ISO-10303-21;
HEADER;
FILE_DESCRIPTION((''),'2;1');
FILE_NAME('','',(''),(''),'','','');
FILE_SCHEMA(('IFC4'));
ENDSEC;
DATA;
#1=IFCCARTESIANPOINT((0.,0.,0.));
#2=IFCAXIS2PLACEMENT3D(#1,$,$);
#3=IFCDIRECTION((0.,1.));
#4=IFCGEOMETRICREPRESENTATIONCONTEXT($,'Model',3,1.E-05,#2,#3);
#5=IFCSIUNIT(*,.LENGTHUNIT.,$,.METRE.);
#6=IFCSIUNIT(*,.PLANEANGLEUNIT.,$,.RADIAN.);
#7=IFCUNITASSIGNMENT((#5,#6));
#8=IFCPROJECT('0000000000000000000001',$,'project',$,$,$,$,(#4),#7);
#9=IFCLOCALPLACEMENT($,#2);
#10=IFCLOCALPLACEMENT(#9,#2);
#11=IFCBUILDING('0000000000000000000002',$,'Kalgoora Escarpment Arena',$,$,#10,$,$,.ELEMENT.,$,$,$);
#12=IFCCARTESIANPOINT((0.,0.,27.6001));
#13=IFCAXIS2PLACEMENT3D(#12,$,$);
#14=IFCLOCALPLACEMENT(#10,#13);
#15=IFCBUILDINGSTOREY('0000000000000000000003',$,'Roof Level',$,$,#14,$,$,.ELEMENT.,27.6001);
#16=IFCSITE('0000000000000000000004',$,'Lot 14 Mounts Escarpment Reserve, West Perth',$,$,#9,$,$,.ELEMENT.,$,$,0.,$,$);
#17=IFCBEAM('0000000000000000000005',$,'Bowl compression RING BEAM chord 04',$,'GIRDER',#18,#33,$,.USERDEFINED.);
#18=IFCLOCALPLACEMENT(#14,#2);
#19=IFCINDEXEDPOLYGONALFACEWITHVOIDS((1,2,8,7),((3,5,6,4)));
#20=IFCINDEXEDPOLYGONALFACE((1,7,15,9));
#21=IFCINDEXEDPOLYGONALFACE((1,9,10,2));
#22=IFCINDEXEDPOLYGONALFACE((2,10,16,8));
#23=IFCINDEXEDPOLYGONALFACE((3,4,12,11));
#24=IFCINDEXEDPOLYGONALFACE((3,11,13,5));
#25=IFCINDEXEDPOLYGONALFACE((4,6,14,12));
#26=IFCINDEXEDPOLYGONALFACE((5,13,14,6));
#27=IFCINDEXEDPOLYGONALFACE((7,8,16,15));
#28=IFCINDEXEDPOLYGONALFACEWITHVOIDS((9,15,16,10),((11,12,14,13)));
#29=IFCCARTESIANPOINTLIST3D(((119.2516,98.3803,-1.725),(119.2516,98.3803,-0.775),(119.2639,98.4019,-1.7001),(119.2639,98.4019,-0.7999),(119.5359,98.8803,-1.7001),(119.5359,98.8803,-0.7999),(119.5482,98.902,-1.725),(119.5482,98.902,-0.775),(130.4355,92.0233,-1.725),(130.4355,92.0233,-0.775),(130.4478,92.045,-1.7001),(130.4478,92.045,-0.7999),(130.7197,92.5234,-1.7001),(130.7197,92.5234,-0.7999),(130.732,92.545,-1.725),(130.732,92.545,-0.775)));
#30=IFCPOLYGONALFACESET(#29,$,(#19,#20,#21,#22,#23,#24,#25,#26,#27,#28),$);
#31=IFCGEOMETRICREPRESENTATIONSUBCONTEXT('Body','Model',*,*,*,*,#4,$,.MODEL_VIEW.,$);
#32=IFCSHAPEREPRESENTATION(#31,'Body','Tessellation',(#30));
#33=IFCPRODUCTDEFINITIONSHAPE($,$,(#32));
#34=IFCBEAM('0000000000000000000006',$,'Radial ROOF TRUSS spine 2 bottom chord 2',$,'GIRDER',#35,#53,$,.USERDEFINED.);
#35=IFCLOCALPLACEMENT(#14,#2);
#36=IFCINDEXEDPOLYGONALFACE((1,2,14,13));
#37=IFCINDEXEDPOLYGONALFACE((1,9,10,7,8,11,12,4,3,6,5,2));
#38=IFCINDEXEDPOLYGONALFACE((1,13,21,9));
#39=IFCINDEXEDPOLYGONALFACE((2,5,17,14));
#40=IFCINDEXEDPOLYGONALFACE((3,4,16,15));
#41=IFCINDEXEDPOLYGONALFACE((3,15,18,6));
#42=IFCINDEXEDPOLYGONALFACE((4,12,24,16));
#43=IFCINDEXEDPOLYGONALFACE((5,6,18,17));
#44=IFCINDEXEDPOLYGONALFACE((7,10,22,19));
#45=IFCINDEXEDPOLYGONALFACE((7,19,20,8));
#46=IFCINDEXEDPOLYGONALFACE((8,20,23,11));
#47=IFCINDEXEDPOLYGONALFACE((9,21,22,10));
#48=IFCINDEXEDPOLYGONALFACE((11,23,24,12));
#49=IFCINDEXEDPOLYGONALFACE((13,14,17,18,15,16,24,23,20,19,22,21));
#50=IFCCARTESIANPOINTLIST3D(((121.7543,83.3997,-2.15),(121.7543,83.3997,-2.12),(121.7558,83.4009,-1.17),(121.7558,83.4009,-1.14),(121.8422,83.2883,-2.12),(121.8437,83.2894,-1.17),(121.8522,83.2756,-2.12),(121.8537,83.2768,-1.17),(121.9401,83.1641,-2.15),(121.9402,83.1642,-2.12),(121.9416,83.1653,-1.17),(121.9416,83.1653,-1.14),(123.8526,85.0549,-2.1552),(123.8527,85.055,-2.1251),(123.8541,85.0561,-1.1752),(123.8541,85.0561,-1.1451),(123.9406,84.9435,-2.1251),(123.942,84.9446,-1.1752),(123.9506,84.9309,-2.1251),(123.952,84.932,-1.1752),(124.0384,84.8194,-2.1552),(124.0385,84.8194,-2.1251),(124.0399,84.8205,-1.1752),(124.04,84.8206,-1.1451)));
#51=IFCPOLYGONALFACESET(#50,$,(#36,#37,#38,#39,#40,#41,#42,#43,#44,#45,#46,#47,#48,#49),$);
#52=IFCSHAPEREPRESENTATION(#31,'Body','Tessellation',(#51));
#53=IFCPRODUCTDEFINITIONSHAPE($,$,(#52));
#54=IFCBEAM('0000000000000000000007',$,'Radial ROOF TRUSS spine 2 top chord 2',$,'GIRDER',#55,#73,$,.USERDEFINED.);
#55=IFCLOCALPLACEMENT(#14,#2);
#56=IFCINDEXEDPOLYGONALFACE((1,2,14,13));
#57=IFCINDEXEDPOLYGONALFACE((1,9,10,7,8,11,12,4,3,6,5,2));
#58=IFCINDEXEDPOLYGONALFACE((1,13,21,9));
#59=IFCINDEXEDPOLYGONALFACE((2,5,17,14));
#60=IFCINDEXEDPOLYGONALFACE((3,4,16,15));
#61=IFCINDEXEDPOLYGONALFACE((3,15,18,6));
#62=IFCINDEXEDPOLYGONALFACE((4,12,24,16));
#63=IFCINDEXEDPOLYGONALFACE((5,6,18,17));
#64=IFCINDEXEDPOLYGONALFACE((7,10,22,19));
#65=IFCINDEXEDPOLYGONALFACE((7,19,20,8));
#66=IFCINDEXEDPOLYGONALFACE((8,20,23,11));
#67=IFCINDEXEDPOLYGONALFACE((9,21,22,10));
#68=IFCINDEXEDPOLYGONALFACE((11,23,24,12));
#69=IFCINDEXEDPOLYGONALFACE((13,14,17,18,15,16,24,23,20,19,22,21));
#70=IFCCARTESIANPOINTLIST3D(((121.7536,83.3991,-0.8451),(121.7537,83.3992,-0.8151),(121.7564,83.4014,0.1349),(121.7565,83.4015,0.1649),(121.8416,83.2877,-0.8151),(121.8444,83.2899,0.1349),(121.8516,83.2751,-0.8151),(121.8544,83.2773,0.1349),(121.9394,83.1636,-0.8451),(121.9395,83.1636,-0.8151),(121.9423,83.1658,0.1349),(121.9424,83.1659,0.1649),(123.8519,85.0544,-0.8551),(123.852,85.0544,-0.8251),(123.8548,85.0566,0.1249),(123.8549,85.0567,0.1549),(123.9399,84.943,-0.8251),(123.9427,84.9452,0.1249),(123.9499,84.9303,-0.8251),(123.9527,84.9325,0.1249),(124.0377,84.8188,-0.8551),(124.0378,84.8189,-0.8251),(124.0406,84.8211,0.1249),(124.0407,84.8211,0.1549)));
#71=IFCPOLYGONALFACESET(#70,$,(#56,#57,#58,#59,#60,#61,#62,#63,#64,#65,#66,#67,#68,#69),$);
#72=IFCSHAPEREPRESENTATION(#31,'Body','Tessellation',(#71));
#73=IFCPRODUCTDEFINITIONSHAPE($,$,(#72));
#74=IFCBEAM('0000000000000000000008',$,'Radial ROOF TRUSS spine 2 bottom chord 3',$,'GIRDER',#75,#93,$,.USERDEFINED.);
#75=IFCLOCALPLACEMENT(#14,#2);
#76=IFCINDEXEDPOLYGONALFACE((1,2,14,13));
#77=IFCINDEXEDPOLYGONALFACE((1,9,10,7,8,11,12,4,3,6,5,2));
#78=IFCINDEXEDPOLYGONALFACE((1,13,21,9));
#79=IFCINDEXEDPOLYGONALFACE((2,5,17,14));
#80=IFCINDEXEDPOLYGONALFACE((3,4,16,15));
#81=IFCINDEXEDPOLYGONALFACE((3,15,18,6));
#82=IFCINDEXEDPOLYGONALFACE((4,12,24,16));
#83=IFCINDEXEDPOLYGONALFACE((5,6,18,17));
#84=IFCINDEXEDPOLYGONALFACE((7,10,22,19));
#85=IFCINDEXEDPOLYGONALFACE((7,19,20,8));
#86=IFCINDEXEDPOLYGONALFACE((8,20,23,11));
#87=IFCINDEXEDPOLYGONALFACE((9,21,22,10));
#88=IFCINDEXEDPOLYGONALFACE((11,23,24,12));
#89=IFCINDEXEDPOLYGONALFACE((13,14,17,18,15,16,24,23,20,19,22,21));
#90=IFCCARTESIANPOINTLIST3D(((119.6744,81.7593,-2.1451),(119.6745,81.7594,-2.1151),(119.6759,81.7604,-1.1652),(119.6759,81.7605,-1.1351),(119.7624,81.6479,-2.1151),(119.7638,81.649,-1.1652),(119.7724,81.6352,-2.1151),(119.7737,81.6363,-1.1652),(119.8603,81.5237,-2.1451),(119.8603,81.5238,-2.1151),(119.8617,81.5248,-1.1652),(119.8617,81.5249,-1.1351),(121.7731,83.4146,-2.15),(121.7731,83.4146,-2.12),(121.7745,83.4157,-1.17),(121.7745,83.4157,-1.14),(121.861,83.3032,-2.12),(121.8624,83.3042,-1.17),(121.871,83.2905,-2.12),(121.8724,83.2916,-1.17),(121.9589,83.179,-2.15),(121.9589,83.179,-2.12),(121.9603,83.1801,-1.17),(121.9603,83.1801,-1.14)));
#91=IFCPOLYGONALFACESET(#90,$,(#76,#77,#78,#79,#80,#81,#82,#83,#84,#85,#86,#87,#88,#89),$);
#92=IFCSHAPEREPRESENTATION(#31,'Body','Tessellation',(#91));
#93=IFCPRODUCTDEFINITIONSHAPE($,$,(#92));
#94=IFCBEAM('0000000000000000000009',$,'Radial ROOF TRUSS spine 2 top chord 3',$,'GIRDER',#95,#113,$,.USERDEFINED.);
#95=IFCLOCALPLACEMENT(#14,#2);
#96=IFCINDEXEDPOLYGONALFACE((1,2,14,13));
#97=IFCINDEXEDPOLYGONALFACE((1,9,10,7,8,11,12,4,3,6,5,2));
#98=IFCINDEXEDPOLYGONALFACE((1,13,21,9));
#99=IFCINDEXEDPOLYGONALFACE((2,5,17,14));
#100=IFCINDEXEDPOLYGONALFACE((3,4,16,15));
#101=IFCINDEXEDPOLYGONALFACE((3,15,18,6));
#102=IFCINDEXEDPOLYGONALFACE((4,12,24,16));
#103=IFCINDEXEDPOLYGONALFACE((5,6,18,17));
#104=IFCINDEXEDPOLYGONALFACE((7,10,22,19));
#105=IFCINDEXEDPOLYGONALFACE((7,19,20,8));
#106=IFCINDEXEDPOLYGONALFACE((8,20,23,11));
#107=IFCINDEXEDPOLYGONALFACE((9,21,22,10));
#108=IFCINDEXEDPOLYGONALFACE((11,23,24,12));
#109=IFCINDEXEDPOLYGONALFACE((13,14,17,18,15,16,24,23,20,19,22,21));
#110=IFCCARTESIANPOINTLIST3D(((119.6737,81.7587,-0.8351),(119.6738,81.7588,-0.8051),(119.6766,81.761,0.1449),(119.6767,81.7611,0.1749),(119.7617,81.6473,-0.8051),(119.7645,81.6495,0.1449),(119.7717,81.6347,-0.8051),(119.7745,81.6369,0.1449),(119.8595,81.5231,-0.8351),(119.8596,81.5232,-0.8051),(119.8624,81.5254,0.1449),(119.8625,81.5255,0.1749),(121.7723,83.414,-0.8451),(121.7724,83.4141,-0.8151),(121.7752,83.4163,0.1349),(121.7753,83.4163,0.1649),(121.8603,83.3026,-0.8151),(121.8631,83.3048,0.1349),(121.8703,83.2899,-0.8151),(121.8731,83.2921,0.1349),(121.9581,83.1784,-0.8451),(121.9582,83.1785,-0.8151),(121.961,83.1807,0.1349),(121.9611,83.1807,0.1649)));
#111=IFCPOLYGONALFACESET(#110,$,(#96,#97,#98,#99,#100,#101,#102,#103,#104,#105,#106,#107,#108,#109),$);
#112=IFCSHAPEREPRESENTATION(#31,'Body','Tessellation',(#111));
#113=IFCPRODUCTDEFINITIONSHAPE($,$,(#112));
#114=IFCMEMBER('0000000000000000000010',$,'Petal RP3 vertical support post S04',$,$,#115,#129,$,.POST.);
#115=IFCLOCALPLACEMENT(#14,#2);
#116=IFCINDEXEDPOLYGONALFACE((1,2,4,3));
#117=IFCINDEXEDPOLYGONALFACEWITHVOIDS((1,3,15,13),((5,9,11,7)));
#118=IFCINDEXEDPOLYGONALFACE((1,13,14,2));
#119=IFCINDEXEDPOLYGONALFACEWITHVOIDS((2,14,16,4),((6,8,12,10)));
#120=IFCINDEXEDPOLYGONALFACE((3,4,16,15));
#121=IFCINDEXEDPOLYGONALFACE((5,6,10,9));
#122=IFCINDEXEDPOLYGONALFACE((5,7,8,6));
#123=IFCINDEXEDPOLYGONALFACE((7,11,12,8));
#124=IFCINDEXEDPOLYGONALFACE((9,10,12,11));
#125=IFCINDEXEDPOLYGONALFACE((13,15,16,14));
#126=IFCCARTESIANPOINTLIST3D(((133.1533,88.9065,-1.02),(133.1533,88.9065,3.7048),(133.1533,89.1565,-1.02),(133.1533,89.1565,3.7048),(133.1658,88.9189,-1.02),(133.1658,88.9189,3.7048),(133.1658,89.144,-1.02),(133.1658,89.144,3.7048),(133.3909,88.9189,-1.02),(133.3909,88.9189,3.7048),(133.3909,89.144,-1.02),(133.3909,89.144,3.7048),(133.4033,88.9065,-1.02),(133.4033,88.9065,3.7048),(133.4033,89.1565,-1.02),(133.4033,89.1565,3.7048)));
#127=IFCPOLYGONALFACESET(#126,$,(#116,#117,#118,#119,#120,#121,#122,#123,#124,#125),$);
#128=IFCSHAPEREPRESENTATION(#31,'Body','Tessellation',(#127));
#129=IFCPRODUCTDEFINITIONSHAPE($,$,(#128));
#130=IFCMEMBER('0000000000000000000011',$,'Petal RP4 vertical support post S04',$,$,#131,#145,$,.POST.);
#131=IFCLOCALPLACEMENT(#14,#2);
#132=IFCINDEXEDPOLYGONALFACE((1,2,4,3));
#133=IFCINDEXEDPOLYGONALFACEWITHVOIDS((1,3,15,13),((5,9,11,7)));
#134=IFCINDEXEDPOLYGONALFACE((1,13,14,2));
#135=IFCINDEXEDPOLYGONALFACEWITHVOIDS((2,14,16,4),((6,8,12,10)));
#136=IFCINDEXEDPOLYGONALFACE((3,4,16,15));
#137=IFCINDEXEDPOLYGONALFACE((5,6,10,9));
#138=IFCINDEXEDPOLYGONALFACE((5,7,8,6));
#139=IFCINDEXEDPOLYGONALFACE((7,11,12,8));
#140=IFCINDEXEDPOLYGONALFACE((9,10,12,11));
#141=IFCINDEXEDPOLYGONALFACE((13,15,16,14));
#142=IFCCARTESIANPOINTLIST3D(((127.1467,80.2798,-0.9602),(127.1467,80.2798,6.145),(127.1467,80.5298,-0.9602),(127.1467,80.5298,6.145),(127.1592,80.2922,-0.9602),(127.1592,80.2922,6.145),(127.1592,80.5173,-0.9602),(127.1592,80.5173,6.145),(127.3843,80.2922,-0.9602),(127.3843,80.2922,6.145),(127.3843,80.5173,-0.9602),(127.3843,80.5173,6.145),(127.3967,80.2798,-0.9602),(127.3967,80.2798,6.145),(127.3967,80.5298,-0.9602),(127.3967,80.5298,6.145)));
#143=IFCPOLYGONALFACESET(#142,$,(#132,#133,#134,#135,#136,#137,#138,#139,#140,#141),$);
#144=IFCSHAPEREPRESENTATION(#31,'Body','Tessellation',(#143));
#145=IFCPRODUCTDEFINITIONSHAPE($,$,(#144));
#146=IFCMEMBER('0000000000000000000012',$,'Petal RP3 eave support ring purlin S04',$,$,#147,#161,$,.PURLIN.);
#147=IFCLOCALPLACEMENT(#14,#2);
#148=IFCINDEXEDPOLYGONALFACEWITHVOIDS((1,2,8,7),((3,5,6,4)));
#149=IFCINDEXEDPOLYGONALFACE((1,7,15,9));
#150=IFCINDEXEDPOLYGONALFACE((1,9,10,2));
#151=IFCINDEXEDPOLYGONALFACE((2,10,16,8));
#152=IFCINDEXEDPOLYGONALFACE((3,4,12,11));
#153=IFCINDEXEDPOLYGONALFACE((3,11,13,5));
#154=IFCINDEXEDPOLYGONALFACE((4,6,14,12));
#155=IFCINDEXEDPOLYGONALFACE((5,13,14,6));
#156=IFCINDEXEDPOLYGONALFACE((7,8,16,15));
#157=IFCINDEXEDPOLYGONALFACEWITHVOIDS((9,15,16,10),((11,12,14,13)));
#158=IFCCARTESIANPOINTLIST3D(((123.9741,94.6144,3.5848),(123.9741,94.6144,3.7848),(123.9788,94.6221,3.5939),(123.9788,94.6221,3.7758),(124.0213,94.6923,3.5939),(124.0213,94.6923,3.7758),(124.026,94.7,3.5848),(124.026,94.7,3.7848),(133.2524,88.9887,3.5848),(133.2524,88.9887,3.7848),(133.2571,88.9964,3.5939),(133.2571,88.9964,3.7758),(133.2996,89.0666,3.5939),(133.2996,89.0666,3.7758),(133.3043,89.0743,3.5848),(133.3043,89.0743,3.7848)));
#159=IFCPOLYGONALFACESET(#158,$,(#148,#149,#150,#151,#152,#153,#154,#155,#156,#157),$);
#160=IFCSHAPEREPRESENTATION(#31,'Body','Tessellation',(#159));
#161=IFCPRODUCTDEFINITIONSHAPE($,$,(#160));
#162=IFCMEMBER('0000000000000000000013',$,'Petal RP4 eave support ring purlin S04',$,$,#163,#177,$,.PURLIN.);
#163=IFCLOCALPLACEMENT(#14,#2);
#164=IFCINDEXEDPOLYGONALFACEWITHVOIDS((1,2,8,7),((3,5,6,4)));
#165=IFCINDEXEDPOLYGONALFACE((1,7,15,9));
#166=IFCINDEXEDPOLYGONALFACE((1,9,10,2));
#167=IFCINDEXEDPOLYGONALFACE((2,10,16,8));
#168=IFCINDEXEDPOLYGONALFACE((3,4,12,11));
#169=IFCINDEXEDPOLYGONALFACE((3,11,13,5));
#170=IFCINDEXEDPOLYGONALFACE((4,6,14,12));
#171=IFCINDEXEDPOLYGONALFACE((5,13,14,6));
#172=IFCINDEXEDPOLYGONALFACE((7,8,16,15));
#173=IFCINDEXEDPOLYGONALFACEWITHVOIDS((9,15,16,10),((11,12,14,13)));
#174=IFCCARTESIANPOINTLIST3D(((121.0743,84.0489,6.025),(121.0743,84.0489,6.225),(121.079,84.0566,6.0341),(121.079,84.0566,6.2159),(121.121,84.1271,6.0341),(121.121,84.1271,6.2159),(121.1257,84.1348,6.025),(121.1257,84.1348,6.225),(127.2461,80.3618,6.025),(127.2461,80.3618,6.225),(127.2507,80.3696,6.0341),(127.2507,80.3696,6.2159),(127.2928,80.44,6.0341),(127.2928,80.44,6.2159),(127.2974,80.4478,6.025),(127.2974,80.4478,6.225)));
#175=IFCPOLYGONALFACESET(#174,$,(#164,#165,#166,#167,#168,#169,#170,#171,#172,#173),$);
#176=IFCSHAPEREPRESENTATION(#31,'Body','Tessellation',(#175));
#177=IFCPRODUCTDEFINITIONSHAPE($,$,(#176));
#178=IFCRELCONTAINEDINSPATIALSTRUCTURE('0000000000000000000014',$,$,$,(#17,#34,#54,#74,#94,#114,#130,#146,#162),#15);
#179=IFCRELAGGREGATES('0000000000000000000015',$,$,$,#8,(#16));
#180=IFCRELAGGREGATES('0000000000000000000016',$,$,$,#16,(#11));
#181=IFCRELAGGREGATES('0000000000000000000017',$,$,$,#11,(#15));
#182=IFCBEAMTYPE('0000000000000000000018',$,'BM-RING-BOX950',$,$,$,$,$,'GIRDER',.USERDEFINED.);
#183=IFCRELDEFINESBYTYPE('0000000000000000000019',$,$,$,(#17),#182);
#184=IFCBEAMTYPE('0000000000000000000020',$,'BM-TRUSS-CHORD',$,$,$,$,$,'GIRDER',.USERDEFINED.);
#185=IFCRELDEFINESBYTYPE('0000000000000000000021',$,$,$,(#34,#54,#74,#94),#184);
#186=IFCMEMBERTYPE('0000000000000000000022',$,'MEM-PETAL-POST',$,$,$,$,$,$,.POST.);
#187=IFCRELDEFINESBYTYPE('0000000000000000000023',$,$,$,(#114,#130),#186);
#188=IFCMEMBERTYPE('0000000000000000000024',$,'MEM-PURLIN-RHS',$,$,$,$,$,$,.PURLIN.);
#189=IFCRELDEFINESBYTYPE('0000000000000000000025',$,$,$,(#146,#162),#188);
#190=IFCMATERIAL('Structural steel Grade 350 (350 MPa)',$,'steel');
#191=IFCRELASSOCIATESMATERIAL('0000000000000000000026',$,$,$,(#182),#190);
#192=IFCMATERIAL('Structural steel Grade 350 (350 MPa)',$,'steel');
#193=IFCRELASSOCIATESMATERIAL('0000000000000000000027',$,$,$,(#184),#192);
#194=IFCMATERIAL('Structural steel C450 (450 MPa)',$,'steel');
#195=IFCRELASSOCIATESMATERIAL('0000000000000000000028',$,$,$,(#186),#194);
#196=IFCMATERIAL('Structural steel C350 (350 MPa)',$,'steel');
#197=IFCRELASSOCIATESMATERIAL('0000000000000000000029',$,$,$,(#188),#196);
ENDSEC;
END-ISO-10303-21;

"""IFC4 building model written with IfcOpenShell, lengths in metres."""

from ifc_helpers import new_model, si_unit, direction, frame, origin, origin_2d, place, context, subcontext, project, spatial, hollow_rectangle, i_section, extrude, material, material_profile, profile_set, type_object, element, save


model = new_model("IFC4")

# Units and contexts
model_context = context("Model", 3, precision=1e-05, world=origin(), true_north=direction((0.0, 1.0)))
body_context = subcontext(model_context, "Body", "Model", "MODEL_VIEW")
ifc_project = project(units=[si_unit("LENGTHUNIT", "METRE"), si_unit("PLANEANGLEUNIT", "RADIAN")], contexts=[model_context])

# Site, building, storey
site_placement = place(None, origin())
site = spatial("IfcSite", under=ifc_project, at=site_placement, Name="Lot 14 Mounts Escarpment Reserve, West Perth", CompositionType="ELEMENT", RefElevation=0.0)
building_placement = place(site_placement, origin())
building = spatial("IfcBuilding", under=site, at=building_placement, Name="Kalgoora Escarpment Arena", CompositionType="ELEMENT")
storey_placement = place(building_placement, frame((0.0, 0.0, 27.6001)))
storey = spatial("IfcBuildingStorey", under=building, at=storey_placement, Name="Roof Level", CompositionType="ELEMENT", Elevation=27.6001)

# Beams
ifc_material_1 = material(Name="Structural steel Grade 350 (350 MPa)", Category="steel")
ifc_material_profile_1 = material_profile(ifc_material_1, hollow_rectangle(XDim=0.6001, YDim=0.95, WallThickness=0.0249, at=origin_2d()))
ifc_profile_set_1 = profile_set([ifc_material_profile_1], Name="Structural steel Grade 350 (350 MPa)")
beam_type_1 = type_object("IfcBeamType", Name="BM-RING-BOX950", ElementType="GIRDER", PredefinedType="USERDEFINED", material=ifc_profile_set_1)
beam_placement = place(storey_placement, frame((130.5837, 92.2842, -1.25), z_axis=(-0.869374, 0.494155, 0.0), x_axis=(-0.494155, -0.869374, 0.0)))
element("IfcBeam", 1, at=beam_placement, inside=storey, type_object=beam_type_1, Name="Bowl compression RING BEAM chord 04", ObjectType="GIRDER", PredefinedType="USERDEFINED", context=body_context, shape_type="SweptSolid", body=[
    extrude(hollow_rectangle(XDim=0.6001, YDim=0.95, WallThickness=0.0249, at=origin_2d()), origin(), (0.0, 0.0, 1.0), 12.8643),
])
ifc_material_2 = material(Name="Structural steel Grade 350 (350 MPa)", Category="steel")
ifc_material_profile_2 = material_profile(ifc_material_2, i_section(OverallWidth=0.3, OverallDepth=1.01, WebThickness=0.0161, FlangeThickness=0.03, at=origin_2d()))
ifc_profile_set_2 = profile_set([ifc_material_profile_2], Name="Structural steel Grade 350 (350 MPa)")
beam_type_2 = type_object("IfcBeamType", Name="BM-TRUSS-CHORD", ElementType="GIRDER", PredefinedType="USERDEFINED", material=ifc_profile_set_2)
for number, where, z_axis, x_axis, name in (
    (2, (123.9463, 84.9377, -1.6501), (-0.785127, -0.619332, 0.001918), (0.619333, -0.785128, 0.0), "Radial ROOF TRUSS spine 2 bottom chord 2"),
    (3, (123.9463, 84.9377, -0.3501), (-0.785123, -0.619329, 0.003745), (0.619333, -0.785128, 0.0), "Radial ROOF TRUSS spine 2 top chord 2"),
):
    element("IfcBeam", number, at=place(storey_placement, frame(where, z_axis=z_axis, x_axis=x_axis)), inside=storey, type_object=beam_type_2, Name=name, ObjectType="GIRDER", PredefinedType="USERDEFINED", context=body_context, shape_type="SweptSolid", body=[
        extrude(i_section(OverallWidth=0.3, OverallDepth=1.01, WebThickness=0.0161, FlangeThickness=0.03, at=origin_2d()), origin(), (0.0, 0.0, 1.0), 2.6726),
    ])
for number, where, z_axis, x_axis, name in (
    (4, (121.8667, 83.2974, -1.645), (-0.785162, -0.619288, 0.001827), (0.619289, -0.785163, 0.0), "Radial ROOF TRUSS spine 2 bottom chord 3"),
    (5, (121.8667, 83.2974, -0.3401), (-0.785158, -0.619284, 0.003745), (0.619289, -0.785163, 0.0), "Radial ROOF TRUSS spine 2 top chord 3"),
):
    element("IfcBeam", number, at=place(storey_placement, frame(where, z_axis=z_axis, x_axis=x_axis)), inside=storey, type_object=beam_type_2, Name=name, ObjectType="GIRDER", PredefinedType="USERDEFINED", context=body_context, shape_type="SweptSolid", body=[
        extrude(i_section(OverallWidth=0.3, OverallDepth=1.01, WebThickness=0.0161, FlangeThickness=0.03, at=origin_2d()), origin(), (0.0, 0.0, 1.0), 2.6729),
    ])

# Members
ifc_material_3 = material(Name="Structural steel C450 (450 MPa)", Category="steel")
ifc_material_profile_3 = material_profile(ifc_material_3, hollow_rectangle(XDim=0.25, YDim=0.25, WallThickness=0.0125, at=origin_2d()))
ifc_profile_set_3 = profile_set([ifc_material_profile_3], Name="Structural steel C450 (450 MPa)")
member_type_1 = type_object("IfcMemberType", Name="MEM-PETAL-POST", PredefinedType="POST", material=ifc_profile_set_3)
member_1_placement = place(storey_placement, frame((133.2783, 89.0315, -1.02), z_axis=(0.0, 0.0, 1.0), x_axis=(1.0, 0.0, 0.0)))
element("IfcMember", 6, at=member_1_placement, inside=storey, type_object=member_type_1, Name="Petal RP3 vertical support post S04", PredefinedType="POST", context=body_context, shape_type="SweptSolid", body=[
    extrude(hollow_rectangle(XDim=0.25, YDim=0.25, WallThickness=0.0125, at=origin_2d()), origin(), (0.0, 0.0, 1.0), 4.7249),
])
member_2_placement = place(storey_placement, frame((127.2717, 80.4048, -0.9602), z_axis=(0.0, 0.0, 1.0), x_axis=(1.0, 0.0, 0.0)))
element("IfcMember", 7, at=member_2_placement, inside=storey, type_object=member_type_1, Name="Petal RP4 vertical support post S04", PredefinedType="POST", context=body_context, shape_type="SweptSolid", body=[
    extrude(hollow_rectangle(XDim=0.25, YDim=0.25, WallThickness=0.0125, at=origin_2d()), origin(), (0.0, 0.0, 1.0), 7.1052),
])
ifc_material_4 = material(Name="Structural steel C350 (350 MPa)", Category="steel")
ifc_material_profile_4 = material_profile(ifc_material_4, hollow_rectangle(XDim=0.1001, YDim=0.2, WallThickness=0.009, at=origin_2d()))
ifc_profile_set_4 = profile_set([ifc_material_profile_4], Name="Structural steel C350 (350 MPa)")
member_type_2 = type_object("IfcMemberType", Name="MEM-PURLIN-RHS", PredefinedType="PURLIN", material=ifc_profile_set_4)
member_3_placement = place(storey_placement, frame((133.2783, 89.0315, 3.6848), z_axis=(-0.855095, 0.518471, 0.0), x_axis=(-0.518471, -0.855095, 0.0)))
element("IfcMember", 8, at=member_3_placement, inside=storey, type_object=member_type_2, Name="Petal RP3 eave support ring purlin S04", PredefinedType="PURLIN", context=body_context, shape_type="SweptSolid", body=[
    extrude(hollow_rectangle(XDim=0.1001, YDim=0.2, WallThickness=0.009, at=origin_2d()), origin(), (0.0, 0.0, 1.0), 10.8506),
])
member_4_placement = place(storey_placement, frame((127.2717, 80.4048, 6.125), z_axis=(-0.858471, 0.512862, 0.0), x_axis=(-0.512862, -0.858471, 0.0)))
element("IfcMember", 9, at=member_4_placement, inside=storey, type_object=member_type_2, Name="Petal RP4 eave support ring purlin S04", PredefinedType="PURLIN", context=body_context, shape_type="SweptSolid", body=[
    extrude(hollow_rectangle(XDim=0.1001, YDim=0.2, WallThickness=0.009, at=origin_2d()), origin(), (0.0, 0.0, 1.0), 7.1892),
])

save(model, "model.ifc")
